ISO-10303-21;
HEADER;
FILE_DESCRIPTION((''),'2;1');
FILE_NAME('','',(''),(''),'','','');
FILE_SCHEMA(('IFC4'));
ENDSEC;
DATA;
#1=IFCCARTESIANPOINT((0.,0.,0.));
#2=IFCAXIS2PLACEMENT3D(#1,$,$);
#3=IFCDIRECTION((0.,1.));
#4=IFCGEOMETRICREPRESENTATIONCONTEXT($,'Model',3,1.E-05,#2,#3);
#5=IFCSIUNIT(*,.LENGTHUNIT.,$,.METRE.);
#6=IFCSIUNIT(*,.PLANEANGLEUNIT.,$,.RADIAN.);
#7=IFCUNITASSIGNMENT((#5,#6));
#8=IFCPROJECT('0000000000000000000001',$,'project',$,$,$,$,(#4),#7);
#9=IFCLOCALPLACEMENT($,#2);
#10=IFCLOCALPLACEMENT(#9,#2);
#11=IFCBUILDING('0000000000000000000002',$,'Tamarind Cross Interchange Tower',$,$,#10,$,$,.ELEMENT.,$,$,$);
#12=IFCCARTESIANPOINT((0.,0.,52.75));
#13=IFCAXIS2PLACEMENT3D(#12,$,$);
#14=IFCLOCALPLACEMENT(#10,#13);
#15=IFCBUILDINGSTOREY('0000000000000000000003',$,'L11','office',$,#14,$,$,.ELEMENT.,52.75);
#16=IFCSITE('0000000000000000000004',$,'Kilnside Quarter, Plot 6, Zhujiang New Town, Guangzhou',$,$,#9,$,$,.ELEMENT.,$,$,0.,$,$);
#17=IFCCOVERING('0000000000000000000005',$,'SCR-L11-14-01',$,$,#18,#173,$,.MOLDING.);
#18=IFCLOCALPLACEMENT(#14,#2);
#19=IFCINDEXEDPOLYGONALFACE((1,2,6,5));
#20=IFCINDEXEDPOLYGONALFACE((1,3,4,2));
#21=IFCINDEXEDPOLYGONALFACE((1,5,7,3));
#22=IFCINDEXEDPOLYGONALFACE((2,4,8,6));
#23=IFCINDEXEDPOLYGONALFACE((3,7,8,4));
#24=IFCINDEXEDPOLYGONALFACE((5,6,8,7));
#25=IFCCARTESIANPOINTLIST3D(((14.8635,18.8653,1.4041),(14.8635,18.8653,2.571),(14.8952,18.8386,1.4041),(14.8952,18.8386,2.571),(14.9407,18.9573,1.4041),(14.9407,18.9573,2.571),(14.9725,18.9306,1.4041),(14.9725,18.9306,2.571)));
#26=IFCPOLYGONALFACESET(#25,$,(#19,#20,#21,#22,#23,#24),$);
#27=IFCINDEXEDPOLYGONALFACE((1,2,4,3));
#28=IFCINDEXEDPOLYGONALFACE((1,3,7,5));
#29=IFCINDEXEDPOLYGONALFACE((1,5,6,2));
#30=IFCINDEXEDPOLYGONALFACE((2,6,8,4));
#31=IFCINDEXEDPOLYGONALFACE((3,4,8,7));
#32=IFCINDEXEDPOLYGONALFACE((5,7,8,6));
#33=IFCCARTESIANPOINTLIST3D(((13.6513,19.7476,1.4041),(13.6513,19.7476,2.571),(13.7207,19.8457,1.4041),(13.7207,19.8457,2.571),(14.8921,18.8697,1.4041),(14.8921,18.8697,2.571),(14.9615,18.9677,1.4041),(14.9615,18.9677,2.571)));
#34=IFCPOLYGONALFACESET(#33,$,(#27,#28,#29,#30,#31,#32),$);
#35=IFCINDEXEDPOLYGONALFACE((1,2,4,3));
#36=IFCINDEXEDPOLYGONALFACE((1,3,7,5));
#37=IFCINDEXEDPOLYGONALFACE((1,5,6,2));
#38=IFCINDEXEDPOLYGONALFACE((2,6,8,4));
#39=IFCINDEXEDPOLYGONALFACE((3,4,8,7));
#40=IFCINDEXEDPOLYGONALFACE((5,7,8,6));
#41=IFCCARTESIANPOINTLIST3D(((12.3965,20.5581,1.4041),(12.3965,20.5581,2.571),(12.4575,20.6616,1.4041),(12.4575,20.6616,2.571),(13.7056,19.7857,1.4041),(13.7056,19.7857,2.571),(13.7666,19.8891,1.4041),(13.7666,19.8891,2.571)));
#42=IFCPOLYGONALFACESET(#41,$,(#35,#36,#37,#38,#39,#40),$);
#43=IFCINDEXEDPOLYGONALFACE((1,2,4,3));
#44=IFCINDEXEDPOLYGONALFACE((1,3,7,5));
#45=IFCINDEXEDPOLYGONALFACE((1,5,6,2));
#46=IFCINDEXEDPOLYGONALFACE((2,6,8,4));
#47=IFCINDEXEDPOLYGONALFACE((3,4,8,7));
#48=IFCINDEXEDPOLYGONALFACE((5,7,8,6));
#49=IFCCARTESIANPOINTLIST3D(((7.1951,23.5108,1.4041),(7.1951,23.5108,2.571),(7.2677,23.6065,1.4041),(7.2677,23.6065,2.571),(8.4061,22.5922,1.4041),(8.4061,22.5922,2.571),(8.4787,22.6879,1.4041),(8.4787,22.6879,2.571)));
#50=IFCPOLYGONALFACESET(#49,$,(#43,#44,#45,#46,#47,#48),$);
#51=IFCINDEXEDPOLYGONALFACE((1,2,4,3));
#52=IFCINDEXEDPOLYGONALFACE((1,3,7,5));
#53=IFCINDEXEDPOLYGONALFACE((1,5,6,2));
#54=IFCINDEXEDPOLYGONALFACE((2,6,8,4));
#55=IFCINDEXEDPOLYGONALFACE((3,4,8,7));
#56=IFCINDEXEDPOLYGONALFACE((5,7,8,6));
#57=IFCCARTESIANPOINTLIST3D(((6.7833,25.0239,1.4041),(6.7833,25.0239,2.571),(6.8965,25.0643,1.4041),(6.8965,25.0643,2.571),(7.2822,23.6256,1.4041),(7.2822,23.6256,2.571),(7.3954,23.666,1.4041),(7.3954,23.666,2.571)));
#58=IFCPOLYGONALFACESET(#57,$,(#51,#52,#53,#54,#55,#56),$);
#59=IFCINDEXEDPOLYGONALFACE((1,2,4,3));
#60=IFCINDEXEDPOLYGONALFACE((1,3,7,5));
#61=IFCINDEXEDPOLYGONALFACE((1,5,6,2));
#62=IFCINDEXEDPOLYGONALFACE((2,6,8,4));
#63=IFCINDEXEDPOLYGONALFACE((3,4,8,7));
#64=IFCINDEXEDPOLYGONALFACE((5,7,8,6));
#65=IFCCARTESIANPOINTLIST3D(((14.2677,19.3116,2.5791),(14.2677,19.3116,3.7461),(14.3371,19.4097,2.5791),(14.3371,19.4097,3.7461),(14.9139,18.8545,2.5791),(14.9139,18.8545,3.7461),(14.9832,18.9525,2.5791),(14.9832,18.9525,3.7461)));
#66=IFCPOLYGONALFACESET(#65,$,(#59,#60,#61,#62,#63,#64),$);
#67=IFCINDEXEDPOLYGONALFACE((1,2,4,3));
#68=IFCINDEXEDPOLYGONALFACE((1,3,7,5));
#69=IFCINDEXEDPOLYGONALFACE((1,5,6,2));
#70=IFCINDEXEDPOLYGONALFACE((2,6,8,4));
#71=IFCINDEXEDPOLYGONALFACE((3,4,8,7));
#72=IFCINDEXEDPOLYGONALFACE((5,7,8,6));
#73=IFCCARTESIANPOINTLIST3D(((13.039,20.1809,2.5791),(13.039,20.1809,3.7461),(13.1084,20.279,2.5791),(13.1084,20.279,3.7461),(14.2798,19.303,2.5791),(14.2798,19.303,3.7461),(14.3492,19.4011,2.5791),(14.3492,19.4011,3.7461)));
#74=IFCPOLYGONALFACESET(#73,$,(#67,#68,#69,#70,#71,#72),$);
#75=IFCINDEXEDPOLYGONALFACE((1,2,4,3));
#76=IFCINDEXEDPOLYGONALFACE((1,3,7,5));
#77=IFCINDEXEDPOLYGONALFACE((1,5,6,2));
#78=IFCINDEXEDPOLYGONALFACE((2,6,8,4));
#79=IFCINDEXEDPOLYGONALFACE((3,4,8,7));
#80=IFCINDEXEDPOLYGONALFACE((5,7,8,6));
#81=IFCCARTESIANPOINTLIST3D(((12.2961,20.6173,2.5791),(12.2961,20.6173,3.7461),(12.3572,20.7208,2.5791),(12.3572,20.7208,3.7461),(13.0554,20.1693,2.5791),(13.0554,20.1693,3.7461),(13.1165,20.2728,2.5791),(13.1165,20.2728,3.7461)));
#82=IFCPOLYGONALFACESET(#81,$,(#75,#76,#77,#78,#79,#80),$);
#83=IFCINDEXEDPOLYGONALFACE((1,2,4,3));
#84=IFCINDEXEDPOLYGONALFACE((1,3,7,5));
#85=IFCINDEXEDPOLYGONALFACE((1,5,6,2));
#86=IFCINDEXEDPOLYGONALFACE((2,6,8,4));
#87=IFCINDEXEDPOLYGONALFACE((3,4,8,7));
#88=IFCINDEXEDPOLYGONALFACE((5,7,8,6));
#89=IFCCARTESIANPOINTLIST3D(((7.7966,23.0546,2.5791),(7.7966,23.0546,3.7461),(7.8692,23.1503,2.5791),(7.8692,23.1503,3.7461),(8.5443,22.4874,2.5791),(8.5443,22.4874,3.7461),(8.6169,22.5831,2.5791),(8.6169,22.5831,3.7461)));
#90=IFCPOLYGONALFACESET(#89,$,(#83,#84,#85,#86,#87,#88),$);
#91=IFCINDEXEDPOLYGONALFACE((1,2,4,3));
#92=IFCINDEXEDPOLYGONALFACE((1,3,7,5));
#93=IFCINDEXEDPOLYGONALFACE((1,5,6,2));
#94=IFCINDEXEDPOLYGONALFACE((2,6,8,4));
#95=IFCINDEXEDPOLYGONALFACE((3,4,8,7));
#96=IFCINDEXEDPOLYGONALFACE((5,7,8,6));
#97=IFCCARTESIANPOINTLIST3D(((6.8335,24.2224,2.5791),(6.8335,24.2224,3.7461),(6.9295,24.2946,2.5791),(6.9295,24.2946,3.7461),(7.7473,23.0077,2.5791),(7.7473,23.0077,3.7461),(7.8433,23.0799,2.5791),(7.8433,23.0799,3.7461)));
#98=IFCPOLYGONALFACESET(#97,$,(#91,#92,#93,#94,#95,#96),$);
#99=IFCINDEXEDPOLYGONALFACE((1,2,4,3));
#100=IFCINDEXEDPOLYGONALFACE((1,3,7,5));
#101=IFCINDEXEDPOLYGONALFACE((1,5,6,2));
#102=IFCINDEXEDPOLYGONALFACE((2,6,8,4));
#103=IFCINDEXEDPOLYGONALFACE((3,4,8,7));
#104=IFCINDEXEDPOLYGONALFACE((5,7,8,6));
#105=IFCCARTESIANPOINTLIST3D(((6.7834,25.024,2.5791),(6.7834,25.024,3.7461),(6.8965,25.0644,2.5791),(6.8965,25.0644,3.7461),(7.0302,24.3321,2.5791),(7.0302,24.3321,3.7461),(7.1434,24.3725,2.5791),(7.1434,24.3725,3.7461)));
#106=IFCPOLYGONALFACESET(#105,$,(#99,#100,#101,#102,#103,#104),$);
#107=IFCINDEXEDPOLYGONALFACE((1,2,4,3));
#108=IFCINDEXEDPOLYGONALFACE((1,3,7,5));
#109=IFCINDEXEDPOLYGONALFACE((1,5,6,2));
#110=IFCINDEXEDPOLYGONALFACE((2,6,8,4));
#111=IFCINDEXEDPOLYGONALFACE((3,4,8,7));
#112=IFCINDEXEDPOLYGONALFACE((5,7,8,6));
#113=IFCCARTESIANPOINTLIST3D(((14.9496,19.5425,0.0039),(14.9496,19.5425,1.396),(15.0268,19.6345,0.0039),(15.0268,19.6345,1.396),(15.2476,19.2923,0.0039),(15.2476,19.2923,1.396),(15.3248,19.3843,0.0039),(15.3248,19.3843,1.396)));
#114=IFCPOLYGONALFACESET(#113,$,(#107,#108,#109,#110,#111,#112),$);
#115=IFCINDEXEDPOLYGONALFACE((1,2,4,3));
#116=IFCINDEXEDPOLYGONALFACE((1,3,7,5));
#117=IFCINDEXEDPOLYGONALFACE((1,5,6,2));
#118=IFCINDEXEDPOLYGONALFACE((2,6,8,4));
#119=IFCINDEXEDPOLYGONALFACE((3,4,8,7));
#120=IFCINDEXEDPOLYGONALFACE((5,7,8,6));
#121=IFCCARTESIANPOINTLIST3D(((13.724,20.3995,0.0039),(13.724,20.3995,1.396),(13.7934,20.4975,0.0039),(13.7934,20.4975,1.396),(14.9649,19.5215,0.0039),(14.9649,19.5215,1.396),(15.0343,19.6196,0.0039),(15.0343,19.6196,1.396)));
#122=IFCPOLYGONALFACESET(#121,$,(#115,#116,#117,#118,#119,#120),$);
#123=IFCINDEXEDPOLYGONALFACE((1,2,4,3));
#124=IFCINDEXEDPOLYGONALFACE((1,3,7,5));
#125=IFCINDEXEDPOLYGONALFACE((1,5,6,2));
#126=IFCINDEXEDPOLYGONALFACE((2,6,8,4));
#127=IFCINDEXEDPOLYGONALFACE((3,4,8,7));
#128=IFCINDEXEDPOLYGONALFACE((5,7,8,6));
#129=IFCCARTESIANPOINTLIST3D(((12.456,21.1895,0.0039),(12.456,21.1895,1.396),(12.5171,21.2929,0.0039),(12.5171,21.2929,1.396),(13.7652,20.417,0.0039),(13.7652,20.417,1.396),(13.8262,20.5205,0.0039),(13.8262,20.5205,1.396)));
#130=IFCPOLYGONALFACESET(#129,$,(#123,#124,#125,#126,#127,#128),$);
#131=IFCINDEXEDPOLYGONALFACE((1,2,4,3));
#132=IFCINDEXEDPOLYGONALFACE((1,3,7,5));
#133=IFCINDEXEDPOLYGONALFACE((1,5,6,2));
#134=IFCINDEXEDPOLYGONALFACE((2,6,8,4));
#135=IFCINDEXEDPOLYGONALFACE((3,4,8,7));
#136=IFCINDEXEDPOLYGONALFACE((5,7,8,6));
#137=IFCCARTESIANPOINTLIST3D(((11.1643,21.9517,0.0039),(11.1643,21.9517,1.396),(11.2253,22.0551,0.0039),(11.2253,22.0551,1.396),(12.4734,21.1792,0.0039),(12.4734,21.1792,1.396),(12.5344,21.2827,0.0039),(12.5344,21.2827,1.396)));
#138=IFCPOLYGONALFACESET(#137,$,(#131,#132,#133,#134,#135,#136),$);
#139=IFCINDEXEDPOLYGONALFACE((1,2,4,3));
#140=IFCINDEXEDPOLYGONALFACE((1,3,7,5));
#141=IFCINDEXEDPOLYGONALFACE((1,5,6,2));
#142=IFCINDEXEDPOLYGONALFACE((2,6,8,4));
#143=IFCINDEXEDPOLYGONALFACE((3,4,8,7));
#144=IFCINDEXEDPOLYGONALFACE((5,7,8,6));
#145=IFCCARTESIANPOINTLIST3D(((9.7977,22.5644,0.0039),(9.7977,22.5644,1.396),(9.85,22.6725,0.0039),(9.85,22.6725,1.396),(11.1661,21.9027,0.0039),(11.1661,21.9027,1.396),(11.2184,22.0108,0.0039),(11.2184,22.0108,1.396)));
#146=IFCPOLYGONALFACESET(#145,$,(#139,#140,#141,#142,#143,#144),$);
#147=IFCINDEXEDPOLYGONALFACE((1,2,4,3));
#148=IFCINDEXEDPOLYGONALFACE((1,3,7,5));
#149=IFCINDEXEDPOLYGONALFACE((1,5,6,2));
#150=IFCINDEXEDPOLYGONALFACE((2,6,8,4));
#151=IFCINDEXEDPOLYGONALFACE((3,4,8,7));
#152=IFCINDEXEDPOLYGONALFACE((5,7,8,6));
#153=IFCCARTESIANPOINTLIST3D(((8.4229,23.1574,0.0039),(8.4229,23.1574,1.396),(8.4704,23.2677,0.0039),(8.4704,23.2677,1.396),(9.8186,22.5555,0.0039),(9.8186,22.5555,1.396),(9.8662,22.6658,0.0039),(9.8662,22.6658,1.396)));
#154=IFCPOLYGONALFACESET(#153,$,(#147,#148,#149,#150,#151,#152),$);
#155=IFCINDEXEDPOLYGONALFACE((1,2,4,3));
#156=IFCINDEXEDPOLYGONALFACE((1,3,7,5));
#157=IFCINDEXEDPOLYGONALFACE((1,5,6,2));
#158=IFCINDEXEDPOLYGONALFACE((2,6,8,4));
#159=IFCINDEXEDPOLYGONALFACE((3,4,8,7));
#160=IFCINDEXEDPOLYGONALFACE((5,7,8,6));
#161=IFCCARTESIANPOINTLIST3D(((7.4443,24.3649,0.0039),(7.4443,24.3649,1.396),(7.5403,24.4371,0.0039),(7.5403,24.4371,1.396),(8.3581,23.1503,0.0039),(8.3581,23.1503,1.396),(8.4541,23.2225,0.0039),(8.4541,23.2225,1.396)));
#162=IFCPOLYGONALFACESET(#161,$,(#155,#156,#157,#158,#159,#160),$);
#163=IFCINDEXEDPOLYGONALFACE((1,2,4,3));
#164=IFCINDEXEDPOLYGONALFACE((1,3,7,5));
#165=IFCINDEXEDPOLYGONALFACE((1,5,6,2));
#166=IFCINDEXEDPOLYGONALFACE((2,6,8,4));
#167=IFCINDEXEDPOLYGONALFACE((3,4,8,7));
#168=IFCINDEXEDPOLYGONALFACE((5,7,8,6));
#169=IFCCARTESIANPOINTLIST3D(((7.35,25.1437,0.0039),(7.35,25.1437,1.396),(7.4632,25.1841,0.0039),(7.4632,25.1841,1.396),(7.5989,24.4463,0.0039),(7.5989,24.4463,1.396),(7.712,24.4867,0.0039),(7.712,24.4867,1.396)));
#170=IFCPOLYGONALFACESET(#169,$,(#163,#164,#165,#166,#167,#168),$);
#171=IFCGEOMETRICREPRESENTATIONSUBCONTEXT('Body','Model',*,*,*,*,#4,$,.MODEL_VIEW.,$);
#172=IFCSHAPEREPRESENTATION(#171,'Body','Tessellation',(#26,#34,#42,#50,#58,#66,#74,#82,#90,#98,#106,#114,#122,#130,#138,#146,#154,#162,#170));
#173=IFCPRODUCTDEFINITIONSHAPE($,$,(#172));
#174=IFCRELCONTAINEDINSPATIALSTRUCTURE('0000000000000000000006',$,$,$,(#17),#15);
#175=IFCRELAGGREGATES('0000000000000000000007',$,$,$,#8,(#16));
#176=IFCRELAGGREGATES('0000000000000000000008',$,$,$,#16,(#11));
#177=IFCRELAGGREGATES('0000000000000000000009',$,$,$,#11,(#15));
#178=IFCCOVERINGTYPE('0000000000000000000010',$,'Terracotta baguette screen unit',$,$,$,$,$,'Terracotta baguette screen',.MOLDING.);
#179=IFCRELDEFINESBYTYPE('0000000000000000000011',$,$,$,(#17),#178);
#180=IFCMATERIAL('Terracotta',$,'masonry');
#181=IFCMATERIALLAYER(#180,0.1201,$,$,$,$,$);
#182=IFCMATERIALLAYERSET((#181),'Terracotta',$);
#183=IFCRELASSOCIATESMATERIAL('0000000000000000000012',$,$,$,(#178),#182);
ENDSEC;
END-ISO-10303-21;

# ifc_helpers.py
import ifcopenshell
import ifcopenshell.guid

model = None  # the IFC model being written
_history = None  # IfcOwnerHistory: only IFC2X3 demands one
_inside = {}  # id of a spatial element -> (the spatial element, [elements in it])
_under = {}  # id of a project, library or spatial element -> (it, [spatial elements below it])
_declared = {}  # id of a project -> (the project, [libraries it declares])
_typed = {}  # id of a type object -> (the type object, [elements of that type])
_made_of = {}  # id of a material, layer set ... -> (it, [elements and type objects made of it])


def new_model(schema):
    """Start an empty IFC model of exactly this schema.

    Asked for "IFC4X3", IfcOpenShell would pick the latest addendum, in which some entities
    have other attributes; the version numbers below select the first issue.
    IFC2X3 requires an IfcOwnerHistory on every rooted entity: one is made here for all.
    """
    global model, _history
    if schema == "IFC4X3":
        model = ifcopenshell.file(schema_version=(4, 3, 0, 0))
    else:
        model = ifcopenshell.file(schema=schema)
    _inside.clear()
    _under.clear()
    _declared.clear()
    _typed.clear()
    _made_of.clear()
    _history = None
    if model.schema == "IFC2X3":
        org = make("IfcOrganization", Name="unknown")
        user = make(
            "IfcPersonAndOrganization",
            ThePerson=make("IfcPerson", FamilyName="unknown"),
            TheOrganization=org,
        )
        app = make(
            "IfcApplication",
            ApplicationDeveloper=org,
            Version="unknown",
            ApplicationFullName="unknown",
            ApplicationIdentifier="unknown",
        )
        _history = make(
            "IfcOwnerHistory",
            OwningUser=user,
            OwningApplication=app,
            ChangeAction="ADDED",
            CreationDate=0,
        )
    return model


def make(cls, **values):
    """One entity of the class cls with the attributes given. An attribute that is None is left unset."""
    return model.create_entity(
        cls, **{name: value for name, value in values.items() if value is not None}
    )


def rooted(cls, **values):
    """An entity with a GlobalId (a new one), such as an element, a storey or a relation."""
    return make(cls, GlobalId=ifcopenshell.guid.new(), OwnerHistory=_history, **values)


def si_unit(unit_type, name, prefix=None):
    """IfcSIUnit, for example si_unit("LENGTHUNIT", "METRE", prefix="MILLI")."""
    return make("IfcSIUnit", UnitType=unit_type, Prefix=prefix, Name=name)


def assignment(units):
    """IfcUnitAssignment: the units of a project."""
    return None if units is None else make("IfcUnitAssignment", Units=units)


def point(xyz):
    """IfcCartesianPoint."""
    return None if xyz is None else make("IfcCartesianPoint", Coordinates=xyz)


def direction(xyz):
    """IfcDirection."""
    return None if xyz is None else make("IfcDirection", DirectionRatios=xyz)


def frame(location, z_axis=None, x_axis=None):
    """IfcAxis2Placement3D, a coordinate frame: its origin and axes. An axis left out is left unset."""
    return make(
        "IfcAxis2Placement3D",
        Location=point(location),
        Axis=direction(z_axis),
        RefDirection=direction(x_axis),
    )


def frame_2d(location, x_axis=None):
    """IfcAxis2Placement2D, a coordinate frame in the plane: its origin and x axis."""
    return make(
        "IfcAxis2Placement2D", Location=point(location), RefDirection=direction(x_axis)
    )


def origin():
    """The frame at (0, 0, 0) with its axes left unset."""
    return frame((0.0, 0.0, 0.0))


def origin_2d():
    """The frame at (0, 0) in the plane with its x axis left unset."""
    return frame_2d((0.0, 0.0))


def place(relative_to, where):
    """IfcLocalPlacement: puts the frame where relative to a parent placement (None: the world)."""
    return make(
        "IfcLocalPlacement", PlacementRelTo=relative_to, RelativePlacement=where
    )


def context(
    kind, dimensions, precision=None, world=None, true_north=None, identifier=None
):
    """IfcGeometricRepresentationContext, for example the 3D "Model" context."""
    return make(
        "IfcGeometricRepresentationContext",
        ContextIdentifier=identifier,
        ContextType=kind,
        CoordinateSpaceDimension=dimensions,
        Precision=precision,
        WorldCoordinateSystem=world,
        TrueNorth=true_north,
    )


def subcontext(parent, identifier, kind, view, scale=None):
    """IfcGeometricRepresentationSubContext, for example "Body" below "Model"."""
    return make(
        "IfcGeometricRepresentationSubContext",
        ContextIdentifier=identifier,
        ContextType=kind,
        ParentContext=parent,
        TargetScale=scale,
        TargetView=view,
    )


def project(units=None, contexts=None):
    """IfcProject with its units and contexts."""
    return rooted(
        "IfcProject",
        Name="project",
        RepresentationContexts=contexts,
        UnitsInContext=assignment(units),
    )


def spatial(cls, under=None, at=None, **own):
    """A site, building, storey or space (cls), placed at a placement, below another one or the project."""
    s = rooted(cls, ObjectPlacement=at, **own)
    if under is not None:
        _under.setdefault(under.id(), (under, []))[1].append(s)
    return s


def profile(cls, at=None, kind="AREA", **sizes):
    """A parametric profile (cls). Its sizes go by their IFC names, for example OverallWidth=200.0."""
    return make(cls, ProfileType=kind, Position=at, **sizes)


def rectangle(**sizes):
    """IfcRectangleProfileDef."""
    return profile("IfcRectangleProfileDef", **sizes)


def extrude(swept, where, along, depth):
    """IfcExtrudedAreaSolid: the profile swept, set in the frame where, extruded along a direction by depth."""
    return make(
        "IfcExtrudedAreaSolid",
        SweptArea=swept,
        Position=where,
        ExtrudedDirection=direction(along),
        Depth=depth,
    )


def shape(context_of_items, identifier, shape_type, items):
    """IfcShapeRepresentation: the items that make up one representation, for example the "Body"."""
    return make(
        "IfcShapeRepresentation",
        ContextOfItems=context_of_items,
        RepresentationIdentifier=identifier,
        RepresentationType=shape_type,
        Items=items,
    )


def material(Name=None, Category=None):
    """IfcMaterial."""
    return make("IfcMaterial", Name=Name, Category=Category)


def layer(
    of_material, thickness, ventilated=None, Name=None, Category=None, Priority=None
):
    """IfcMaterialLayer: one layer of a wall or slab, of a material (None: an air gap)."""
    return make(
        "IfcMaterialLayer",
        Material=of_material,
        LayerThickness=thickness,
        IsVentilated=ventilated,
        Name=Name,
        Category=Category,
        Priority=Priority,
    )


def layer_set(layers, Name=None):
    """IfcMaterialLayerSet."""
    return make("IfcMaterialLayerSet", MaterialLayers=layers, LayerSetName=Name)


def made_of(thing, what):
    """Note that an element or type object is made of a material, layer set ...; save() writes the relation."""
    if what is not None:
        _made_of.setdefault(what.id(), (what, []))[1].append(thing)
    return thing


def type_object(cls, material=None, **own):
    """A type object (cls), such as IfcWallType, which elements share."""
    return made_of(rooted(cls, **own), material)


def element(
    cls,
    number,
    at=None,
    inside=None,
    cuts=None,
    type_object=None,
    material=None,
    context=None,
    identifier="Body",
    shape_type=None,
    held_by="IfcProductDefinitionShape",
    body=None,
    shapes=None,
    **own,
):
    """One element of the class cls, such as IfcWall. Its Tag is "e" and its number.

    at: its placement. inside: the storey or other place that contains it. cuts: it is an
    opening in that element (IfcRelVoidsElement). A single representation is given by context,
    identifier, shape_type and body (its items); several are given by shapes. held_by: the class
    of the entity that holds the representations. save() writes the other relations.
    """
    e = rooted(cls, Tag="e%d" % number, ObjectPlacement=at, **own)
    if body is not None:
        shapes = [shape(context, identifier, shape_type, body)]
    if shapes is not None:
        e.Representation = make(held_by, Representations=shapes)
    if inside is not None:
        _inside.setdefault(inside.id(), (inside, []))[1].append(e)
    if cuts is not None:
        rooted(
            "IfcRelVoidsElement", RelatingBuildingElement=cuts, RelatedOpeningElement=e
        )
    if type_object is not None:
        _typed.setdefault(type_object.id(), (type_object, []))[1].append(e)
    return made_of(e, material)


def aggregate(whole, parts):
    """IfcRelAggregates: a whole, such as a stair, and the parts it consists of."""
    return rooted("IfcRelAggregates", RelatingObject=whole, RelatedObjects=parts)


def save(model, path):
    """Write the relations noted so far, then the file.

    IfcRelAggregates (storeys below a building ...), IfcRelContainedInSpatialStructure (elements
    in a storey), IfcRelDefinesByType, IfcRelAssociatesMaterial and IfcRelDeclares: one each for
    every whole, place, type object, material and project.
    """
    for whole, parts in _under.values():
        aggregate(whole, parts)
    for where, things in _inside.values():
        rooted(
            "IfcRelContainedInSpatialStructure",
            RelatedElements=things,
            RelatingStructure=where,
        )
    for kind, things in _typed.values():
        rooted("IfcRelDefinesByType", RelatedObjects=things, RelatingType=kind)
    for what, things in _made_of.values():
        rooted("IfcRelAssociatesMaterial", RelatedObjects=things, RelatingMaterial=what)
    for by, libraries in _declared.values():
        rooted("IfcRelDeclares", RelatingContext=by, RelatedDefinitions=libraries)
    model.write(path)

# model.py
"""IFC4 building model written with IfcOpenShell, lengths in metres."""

from ifc_helpers import new_model, si_unit, direction, frame, origin, origin_2d, place, context, subcontext, project, spatial, rectangle, extrude, material, layer, layer_set, type_object, element, save


model = new_model("IFC4")

# Units and contexts
model_context = context("Model", 3, precision=1e-05, world=origin(), true_north=direction((0.0, 1.0)))
body_context = subcontext(model_context, "Body", "Model", "MODEL_VIEW")
ifc_project = project(units=[si_unit("LENGTHUNIT", "METRE"), si_unit("PLANEANGLEUNIT", "RADIAN")], contexts=[model_context])

# Site, building, storey
site_placement = place(None, origin())
site = spatial("IfcSite", under=ifc_project, at=site_placement, Name="Kilnside Quarter, Plot 6, Zhujiang New Town, Guangzhou", CompositionType="ELEMENT", RefElevation=0.0)
building_placement = place(site_placement, origin())
building = spatial("IfcBuilding", under=site, at=building_placement, Name="Tamarind Cross Interchange Tower", CompositionType="ELEMENT")
storey_placement = place(building_placement, frame((0.0, 0.0, 52.75)))
storey = spatial("IfcBuildingStorey", under=building, at=storey_placement, Name="L11", Description="office", CompositionType="ELEMENT", Elevation=52.75)

# Covering
ifc_material_1 = material(Name="Terracotta", Category="masonry")
ifc_layer_1 = layer(ifc_material_1, 0.1201)
ifc_layer_set_1 = layer_set([ifc_layer_1], Name="Terracotta")
covering_type = type_object("IfcCoveringType", Name="Terracotta baguette screen unit", ElementType="Terracotta baguette screen", PredefinedType="MOLDING", material=ifc_layer_set_1)
covering_1_placement = place(storey_placement, origin())
element("IfcCovering", 1, at=covering_1_placement, inside=storey, type_object=covering_type, Name="SCR-L11-14-01", PredefinedType="MOLDING", context=body_context, shape_type="SweptSolid", body=[
    extrude(rectangle(XDim=0.0415, YDim=0.1201, at=origin_2d()), frame((14.918, 18.8979, 1.4041), z_axis=(0.0, 0.0, 1.0), x_axis=(-0.765858, 0.643009, 0.0)), (0.0, 0.0, 1.0), 1.167),
    extrude(rectangle(XDim=1.52, YDim=0.1201, at=origin_2d()), frame((14.3064, 19.3577, 1.4041), z_axis=(0.0, 0.0, 1.0), x_axis=(-0.816342, 0.577569, 0.0)), (0.0, 0.0, 1.0), 1.167),
    extrude(rectangle(XDim=1.52, YDim=0.1201, at=origin_2d()), frame((13.0815, 20.2236, 1.4041), z_axis=(0.0, 0.0, 1.0), x_axis=(-0.861249, 0.508183, 0.0)), (0.0, 0.0, 1.0), 1.167),
    extrude(rectangle(XDim=1.52, YDim=0.1201, at=origin_2d()), frame((7.8369, 23.0994, 1.4041), z_axis=(0.0, 0.0, 1.0), x_axis=(-0.796732, 0.604333, 0.0)), (0.0, 0.0, 1.0), 1.167),
    extrude(rectangle(XDim=1.4846, YDim=0.1201, at=origin_2d()), frame((7.0894, 24.345, 1.4041), z_axis=(0.0, 0.0, 1.0), x_axis=(-0.336051, 0.941844, 0.0)), (0.0, 0.0, 1.0), 1.167),
    extrude(rectangle(XDim=0.7915, YDim=0.1201, at=origin_2d()), frame((14.6255, 19.1321, 2.5791), z_axis=(0.0, 0.0, 1.0), x_axis=(-0.816342, 0.577569, 0.0)), (0.0, 0.0, 1.0), 1.167),
    extrude(rectangle(XDim=1.52, YDim=0.1201, at=origin_2d()), frame((13.6941, 19.791, 2.5791), z_axis=(0.0, 0.0, 1.0), x_axis=(-0.816342, 0.577569, 0.0)), (0.0, 0.0, 1.0), 1.167),
    extrude(rectangle(XDim=0.8816, YDim=0.1201, at=origin_2d()), frame((12.7063, 20.4451, 2.5791), z_axis=(0.0, 0.0, 1.0), x_axis=(-0.861249, 0.508183, 0.0)), (0.0, 0.0, 1.0), 1.167),
    extrude(rectangle(XDim=0.9385, YDim=0.1201, at=origin_2d()), frame((8.2068, 22.8188, 2.5791), z_axis=(0.0, 0.0, 1.0), x_axis=(-0.796732, 0.604333, 0.0)), (0.0, 0.0, 1.0), 1.167),
    extrude(rectangle(XDim=1.52, YDim=0.1201, at=origin_2d()), frame((7.3384, 23.6511, 2.5791), z_axis=(0.0, 0.0, 1.0), x_axis=(-0.601175, 0.799117, 0.0)), (0.0, 0.0, 1.0), 1.167),
    extrude(rectangle(XDim=0.7346, YDim=0.1201, at=origin_2d()), frame((6.9634, 24.6982, 2.5791), z_axis=(0.0, 0.0, 1.0), x_axis=(-0.336051, 0.941844, 0.0)), (0.0, 0.0, 1.0), 1.167),
    extrude(rectangle(XDim=0.3892, YDim=0.1201, at=origin_2d()), frame((15.1372, 19.4634, 0.0039), z_axis=(0.0, 0.0, 1.0), x_axis=(-0.765858, 0.643009, 0.0)), (0.0, 0.0, 1.0), 1.3921),
    extrude(rectangle(XDim=1.52, YDim=0.1201, at=origin_2d()), frame((14.3792, 20.0095, 0.0039), z_axis=(0.0, 0.0, 1.0), x_axis=(-0.816342, 0.577569, 0.0)), (0.0, 0.0, 1.0), 1.3921),
    extrude(rectangle(XDim=1.52, YDim=0.1201, at=origin_2d()), frame((13.1411, 20.855, 0.0039), z_axis=(0.0, 0.0, 1.0), x_axis=(-0.861249, 0.508183, 0.0)), (0.0, 0.0, 1.0), 1.3921),
    extrude(rectangle(XDim=1.52, YDim=0.1201, at=origin_2d()), frame((11.8494, 21.6172, 0.0039), z_axis=(0.0, 0.0, 1.0), x_axis=(-0.861249, 0.508183, 0.0)), (0.0, 0.0, 1.0), 1.3921),
    extrude(rectangle(XDim=1.52, YDim=0.1201, at=origin_2d()), frame((10.5081, 22.2876, 0.0039), z_axis=(0.0, 0.0, 1.0), x_axis=(-0.900273, 0.435326, 0.0)), (0.0, 0.0, 1.0), 1.3921),
    extrude(rectangle(XDim=1.52, YDim=0.1201, at=origin_2d()), frame((9.1445, 22.9116, 0.0039), z_axis=(0.0, 0.0, 1.0), x_axis=(-0.918264, 0.395969, 0.0)), (0.0, 0.0, 1.0), 1.3921),
    extrude(rectangle(XDim=1.52, YDim=0.1201, at=origin_2d()), frame((7.9492, 23.7937, 0.0039), z_axis=(0.0, 0.0, 1.0), x_axis=(-0.601175, 0.799117, 0.0)), (0.0, 0.0, 1.0), 1.3921),
    extrude(rectangle(XDim=0.7405, YDim=0.1201, at=origin_2d()), frame((7.531, 24.8152, 0.0039), z_axis=(0.0, 0.0, 1.0), x_axis=(-0.336051, 0.941844, 0.0)), (0.0, 0.0, 1.0), 1.3921),
])

save(model, "model.ifc")
